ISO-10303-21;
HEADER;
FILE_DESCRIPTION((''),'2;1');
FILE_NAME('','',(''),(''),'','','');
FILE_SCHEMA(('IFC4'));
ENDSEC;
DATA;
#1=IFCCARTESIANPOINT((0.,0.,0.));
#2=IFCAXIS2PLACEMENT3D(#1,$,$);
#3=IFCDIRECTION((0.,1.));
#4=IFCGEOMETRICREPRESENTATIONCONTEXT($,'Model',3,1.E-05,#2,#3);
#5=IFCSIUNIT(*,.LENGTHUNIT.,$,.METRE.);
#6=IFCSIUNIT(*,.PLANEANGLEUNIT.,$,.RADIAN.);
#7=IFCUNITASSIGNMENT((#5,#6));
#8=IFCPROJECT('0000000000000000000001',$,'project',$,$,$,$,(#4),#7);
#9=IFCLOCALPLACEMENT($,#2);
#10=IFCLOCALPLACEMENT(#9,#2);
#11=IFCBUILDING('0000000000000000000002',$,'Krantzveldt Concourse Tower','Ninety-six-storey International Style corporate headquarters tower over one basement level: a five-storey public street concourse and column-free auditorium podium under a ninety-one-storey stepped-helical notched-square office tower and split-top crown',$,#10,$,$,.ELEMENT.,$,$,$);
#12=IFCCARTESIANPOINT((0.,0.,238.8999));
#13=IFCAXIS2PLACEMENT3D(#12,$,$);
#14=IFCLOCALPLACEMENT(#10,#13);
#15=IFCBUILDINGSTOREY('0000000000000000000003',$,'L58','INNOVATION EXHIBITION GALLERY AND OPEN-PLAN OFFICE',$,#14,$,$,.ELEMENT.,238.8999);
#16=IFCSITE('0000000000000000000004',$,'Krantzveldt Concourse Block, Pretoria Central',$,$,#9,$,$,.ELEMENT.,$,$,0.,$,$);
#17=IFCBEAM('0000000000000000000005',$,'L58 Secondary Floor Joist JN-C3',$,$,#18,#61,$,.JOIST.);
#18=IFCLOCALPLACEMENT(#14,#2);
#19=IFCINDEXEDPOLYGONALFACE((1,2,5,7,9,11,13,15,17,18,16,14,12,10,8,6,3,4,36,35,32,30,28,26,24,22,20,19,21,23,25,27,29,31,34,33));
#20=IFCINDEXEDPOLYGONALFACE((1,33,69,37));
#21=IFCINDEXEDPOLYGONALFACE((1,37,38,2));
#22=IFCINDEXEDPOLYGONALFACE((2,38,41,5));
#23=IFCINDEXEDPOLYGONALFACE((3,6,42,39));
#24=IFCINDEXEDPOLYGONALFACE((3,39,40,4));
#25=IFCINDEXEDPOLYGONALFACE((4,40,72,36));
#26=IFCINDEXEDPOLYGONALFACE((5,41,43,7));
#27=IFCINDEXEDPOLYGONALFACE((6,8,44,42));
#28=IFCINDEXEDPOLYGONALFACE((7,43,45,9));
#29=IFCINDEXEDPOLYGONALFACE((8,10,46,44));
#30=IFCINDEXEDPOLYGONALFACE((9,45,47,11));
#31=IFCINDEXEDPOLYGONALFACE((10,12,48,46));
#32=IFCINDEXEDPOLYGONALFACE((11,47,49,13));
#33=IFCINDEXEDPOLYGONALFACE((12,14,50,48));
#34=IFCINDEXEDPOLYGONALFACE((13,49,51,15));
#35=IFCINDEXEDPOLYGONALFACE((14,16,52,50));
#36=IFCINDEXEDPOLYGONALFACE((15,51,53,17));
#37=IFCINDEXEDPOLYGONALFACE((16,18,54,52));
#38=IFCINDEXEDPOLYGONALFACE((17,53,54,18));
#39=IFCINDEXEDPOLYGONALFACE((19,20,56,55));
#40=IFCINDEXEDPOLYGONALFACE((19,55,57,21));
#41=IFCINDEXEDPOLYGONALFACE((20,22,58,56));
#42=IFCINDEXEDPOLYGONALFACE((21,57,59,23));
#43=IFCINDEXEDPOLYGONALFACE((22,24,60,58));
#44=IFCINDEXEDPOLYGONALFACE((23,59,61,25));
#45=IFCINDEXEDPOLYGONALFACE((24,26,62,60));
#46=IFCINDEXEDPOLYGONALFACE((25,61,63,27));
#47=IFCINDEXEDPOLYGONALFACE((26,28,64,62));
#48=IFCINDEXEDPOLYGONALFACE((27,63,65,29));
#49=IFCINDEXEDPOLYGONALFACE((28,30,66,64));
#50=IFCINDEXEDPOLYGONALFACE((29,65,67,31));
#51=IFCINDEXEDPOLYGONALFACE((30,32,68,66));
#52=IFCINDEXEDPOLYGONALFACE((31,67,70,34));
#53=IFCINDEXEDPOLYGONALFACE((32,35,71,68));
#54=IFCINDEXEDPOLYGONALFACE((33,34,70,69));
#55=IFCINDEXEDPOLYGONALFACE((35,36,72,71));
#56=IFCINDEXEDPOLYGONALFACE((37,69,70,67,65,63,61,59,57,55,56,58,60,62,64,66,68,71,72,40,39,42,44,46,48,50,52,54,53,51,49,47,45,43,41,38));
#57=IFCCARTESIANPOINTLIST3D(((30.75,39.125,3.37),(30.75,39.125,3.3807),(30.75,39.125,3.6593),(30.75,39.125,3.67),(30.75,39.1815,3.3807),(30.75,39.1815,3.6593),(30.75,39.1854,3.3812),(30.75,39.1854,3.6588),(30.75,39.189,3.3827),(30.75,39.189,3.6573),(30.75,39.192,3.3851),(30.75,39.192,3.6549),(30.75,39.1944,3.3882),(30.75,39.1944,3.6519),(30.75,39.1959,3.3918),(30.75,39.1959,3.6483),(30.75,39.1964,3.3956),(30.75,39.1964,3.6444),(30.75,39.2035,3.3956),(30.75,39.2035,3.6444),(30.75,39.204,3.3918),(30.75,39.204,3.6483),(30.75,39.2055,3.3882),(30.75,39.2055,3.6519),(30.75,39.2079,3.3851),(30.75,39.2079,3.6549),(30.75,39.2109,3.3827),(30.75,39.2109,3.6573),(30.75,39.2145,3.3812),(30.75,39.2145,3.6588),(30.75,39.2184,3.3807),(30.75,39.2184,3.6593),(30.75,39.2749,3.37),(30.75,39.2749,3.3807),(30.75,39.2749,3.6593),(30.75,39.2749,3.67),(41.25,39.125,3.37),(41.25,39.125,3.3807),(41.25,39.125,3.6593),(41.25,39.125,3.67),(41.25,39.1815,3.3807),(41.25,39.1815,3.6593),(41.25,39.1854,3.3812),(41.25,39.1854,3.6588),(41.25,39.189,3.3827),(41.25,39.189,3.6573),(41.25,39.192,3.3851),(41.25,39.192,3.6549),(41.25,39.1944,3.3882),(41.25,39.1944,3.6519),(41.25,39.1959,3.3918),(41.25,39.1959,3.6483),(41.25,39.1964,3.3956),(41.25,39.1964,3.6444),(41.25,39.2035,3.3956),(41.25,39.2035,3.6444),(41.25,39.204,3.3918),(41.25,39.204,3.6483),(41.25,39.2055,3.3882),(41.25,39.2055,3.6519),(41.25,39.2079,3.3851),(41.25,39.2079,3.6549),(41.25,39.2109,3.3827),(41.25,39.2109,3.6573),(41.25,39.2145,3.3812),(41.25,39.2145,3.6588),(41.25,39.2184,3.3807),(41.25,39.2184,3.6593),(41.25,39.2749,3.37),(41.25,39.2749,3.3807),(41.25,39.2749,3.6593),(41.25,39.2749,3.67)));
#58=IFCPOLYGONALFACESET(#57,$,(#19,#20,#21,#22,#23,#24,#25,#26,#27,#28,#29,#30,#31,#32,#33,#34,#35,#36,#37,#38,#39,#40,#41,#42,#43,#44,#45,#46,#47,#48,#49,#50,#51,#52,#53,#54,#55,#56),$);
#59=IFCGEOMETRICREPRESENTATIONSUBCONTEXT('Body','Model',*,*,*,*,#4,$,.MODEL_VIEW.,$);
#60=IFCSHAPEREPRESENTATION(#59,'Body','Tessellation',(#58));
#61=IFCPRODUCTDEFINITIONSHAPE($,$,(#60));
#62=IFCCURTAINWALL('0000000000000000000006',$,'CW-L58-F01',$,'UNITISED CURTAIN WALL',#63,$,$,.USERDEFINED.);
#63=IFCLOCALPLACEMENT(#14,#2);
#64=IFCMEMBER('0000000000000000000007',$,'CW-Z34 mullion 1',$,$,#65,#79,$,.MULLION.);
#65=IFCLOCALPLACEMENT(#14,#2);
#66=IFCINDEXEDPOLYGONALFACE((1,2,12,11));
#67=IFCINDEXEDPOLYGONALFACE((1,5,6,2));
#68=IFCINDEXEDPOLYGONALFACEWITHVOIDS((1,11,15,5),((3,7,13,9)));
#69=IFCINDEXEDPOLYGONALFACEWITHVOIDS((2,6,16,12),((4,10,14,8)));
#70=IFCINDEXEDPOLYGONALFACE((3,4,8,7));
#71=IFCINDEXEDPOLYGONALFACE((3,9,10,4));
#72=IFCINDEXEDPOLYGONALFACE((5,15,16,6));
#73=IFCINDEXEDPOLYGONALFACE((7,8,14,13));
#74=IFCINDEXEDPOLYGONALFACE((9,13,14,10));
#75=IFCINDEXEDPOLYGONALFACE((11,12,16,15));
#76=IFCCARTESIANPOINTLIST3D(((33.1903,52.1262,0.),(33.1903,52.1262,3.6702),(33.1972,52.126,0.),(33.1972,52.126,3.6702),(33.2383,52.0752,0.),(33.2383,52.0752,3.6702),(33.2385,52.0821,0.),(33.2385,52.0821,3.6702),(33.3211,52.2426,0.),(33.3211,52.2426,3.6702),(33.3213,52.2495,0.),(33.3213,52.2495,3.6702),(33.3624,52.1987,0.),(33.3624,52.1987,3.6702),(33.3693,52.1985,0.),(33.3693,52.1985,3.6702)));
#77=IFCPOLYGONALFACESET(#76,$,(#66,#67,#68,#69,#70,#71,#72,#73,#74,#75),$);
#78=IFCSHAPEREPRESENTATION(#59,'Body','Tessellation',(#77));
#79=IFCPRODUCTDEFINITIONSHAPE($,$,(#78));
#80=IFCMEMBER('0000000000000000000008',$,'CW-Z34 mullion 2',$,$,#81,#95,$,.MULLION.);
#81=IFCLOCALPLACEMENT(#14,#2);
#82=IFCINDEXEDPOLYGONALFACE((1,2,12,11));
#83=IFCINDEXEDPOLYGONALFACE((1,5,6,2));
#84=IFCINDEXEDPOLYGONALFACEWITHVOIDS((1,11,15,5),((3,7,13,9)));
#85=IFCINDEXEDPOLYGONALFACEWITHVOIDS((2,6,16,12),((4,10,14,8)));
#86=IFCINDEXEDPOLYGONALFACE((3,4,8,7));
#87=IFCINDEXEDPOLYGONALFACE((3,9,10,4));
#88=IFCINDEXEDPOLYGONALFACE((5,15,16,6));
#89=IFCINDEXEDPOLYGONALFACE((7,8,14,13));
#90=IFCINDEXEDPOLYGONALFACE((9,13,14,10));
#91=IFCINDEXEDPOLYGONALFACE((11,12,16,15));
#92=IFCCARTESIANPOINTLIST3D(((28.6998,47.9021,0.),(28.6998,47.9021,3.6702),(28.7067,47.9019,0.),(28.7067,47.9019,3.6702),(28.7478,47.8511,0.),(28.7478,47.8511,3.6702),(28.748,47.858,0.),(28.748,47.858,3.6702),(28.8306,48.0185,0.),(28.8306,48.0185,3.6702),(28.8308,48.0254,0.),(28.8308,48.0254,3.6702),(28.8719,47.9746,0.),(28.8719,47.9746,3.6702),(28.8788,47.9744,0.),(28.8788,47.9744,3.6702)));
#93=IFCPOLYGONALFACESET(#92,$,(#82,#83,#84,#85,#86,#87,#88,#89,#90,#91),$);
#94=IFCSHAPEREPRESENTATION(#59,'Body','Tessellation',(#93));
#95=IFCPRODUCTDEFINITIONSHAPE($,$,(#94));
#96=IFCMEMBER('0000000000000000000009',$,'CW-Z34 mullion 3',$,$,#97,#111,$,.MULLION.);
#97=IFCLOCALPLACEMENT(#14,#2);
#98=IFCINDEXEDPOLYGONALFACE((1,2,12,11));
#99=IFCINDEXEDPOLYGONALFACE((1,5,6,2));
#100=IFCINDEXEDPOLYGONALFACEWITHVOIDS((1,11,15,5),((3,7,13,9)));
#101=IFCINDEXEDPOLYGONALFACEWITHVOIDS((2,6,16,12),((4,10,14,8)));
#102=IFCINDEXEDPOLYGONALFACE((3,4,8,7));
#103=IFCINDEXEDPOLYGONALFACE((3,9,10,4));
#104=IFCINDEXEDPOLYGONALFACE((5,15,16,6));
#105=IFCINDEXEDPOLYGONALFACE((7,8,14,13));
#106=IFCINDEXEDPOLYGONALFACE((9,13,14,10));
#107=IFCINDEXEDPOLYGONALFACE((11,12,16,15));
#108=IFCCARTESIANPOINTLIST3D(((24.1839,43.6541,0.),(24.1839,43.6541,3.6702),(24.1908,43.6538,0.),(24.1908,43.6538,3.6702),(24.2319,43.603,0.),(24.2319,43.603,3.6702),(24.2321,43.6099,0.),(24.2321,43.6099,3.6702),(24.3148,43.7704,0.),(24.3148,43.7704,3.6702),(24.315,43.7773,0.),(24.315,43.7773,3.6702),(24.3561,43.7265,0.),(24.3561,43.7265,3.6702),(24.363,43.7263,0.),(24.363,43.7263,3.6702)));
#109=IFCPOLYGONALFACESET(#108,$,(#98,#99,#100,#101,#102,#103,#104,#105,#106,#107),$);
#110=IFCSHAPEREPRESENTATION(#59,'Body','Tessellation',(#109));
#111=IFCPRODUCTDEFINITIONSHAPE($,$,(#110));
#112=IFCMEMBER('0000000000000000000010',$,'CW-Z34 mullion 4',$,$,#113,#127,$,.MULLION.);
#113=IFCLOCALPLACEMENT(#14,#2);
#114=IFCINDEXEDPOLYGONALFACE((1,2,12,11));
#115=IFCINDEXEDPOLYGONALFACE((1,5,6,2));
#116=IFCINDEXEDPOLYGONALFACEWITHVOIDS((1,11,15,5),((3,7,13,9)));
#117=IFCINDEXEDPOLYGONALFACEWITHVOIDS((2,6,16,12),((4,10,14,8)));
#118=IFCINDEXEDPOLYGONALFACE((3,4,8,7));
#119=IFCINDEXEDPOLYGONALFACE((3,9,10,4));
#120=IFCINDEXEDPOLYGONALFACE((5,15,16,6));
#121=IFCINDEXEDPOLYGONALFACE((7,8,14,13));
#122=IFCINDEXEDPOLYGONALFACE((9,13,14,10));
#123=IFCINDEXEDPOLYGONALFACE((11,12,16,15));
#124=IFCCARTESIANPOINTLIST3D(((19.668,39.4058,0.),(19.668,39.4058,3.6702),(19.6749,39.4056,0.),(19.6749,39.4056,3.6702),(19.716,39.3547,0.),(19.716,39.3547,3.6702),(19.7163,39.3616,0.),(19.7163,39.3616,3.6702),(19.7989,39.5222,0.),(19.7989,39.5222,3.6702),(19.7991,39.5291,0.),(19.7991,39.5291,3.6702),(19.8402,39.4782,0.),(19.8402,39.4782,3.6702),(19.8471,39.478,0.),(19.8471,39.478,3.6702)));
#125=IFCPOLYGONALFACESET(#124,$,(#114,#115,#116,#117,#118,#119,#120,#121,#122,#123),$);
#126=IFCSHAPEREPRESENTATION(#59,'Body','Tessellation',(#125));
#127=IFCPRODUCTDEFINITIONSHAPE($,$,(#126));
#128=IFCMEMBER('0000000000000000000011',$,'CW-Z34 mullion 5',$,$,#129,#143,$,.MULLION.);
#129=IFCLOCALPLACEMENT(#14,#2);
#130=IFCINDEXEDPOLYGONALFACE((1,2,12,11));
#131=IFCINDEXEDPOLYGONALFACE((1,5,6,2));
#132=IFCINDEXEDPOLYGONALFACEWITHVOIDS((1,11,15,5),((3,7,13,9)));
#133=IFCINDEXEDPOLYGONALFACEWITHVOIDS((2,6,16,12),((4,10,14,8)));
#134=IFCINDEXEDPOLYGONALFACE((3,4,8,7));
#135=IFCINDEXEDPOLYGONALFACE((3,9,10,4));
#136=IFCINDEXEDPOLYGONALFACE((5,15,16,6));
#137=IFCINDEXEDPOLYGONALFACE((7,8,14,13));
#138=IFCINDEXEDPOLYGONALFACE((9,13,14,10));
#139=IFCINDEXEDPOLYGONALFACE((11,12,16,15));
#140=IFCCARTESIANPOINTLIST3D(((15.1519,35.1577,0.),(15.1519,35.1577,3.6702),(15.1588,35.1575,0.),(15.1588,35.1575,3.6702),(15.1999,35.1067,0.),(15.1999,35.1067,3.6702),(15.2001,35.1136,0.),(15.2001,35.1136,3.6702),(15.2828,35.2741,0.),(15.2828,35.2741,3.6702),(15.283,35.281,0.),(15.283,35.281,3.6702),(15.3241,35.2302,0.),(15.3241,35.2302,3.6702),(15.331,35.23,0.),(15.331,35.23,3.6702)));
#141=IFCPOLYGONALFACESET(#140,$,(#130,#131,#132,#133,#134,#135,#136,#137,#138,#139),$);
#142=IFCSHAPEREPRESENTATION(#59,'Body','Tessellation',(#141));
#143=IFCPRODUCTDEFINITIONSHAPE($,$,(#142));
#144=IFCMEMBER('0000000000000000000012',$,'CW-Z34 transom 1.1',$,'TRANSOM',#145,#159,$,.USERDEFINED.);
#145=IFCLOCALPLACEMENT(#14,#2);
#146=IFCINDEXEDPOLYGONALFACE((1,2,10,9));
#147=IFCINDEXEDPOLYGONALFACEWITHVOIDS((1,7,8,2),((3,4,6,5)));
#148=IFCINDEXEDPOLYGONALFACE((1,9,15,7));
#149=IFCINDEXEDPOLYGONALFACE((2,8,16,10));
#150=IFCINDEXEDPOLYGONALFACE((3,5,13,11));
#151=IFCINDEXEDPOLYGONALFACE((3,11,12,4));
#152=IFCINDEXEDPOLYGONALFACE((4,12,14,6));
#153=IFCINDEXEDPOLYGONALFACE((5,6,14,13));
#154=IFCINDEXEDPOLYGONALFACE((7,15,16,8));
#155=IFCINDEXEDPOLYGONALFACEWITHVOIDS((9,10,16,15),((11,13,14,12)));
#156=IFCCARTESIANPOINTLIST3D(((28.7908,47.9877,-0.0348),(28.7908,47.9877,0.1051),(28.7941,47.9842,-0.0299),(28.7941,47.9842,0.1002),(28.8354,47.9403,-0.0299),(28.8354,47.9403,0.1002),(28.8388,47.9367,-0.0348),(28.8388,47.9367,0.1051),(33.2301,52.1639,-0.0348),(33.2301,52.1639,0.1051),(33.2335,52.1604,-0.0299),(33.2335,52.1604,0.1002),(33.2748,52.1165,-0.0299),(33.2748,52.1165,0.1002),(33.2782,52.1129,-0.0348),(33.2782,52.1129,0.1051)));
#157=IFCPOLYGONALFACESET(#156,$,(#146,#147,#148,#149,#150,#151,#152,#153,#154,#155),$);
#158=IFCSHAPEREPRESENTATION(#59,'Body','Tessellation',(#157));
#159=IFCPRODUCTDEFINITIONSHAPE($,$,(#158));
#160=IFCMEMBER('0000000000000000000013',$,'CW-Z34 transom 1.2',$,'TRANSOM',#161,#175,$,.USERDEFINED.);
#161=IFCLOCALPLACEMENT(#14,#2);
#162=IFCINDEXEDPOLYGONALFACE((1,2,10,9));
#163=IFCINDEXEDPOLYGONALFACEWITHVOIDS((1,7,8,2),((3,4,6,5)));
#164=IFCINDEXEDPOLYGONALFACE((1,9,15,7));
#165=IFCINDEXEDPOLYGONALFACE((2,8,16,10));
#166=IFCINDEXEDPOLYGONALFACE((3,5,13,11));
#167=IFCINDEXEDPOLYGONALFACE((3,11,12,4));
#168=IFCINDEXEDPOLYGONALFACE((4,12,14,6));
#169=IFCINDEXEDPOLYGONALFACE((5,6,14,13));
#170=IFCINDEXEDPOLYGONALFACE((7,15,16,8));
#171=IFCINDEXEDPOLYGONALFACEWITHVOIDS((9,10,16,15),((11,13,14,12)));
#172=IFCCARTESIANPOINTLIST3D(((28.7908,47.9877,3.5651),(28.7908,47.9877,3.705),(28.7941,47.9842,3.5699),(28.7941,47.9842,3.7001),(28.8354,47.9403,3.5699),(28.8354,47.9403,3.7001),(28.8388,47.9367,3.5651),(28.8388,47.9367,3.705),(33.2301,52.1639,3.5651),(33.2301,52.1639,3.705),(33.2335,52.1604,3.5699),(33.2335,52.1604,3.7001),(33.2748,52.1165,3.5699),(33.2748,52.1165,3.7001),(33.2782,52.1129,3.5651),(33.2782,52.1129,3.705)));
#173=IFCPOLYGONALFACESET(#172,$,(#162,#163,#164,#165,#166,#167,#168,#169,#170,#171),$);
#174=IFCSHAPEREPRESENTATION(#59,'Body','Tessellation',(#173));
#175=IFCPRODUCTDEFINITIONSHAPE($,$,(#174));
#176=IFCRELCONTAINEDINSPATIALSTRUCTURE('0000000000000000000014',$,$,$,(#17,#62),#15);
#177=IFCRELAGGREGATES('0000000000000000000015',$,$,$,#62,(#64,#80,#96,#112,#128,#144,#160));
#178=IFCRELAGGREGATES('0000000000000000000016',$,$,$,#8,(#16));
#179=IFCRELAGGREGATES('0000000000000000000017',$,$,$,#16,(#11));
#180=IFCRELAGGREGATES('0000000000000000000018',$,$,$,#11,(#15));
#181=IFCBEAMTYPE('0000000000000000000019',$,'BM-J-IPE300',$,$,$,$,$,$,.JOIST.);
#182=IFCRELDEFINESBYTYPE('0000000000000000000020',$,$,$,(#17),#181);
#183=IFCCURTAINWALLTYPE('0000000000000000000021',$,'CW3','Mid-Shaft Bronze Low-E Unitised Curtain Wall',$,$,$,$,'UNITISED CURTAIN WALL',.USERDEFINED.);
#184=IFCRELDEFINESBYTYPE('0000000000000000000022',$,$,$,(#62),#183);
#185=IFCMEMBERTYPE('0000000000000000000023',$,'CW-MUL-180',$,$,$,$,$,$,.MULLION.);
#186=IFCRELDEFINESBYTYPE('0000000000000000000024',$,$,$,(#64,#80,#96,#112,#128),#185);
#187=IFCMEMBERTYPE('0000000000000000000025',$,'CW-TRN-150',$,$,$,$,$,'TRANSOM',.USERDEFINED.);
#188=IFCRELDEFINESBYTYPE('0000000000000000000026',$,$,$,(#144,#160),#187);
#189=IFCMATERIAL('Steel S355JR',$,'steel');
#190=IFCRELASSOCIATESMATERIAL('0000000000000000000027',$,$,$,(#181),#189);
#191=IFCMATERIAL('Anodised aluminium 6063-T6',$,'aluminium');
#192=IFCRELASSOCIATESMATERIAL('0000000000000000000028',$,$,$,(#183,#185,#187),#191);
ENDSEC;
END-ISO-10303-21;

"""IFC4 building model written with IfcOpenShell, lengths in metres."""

from ifc_helpers import new_model, si_unit, direction, frame, origin, origin_2d, place, context, subcontext, project, spatial, hollow_rectangle, i_section, extrude, source, transform, mapped, material, material_profile, profile_set, type_object, type_shapes, element, aggregate, save


model = new_model("IFC4")

# Units and contexts
model_context = context("Model", 3, precision=1e-05, world=origin(), true_north=direction((0.0, 1.0)))
body_context = subcontext(model_context, "Body", "Model", "MODEL_VIEW")
ifc_project = project(units=[si_unit("LENGTHUNIT", "METRE"), si_unit("PLANEANGLEUNIT", "RADIAN")], contexts=[model_context])

# Site, building, storey
site_placement = place(None, origin())
site = spatial("IfcSite", under=ifc_project, at=site_placement, Name="Krantzveldt Concourse Block, Pretoria Central", CompositionType="ELEMENT", RefElevation=0.0)
building_placement = place(site_placement, origin())
building = spatial("IfcBuilding", under=site, at=building_placement, Name="Krantzveldt Concourse Tower", Description="Ninety-six-storey International Style corporate headquarters tower over one basement level: a five-storey public street concourse and column-free auditorium podium under a ninety-one-storey stepped-helical notched-square office tower and split-top crown", CompositionType="ELEMENT")
storey_placement = place(building_placement, frame((0.0, 0.0, 238.8999)))
storey = spatial("IfcBuildingStorey", under=building, at=storey_placement, Name="L58", Description="INNOVATION EXHIBITION GALLERY AND OPEN-PLAN OFFICE", CompositionType="ELEMENT", Elevation=238.8999)

# Beam
ifc_material_1 = material(Name="Steel S355JR", Category="steel")
ifc_material_profile_1 = material_profile(ifc_material_1, i_section(OverallWidth=0.1499, OverallDepth=0.3, WebThickness=0.0071, FlangeThickness=0.0107, FilletRadius=0.0149, at=origin_2d()), Name="Steel S355JR", Category="steel")
ifc_profile_set_1 = profile_set([ifc_material_profile_1], Name="Steel S355JR - IPE 300")
beam_type_1 = type_object("IfcBeamType", Name="BM-J-IPE300", PredefinedType="JOIST", material=ifc_profile_set_1)
shared_shape_1 = source(origin(), body_context, "Body", "SweptSolid", [
    extrude(i_section(OverallWidth=0.1499, OverallDepth=0.3, WebThickness=0.0071, FlangeThickness=0.0107, FilletRadius=0.0149, at=origin_2d()), origin(), (0.0, 0.0, 1.0), 10.5),
])
type_shapes(beam_type_1, [shared_shape_1])
beam_1_placement = place(storey_placement, frame((30.75, 39.2, 3.52), z_axis=(1.0, 0.0, 0.0), x_axis=(0.0, 1.0, 0.0)))
element("IfcBeam", 1, at=beam_1_placement, inside=storey, type_object=beam_type_1, Name="L58 Secondary Floor Joist JN-C3", PredefinedType="JOIST", context=body_context, shape_type="MappedRepresentation", body=[
    mapped(shared_shape_1, transform((0.0, 0.0, 0.0), x_axis=(1.0, 0.0, 0.0), y_axis=(0.0, 1.0, 0.0), z_axis=(0.0, 0.0, 1.0), scale=1.0)),
])

# Curtain wall, members
ifc_material_2 = material(Name="Anodised aluminium 6063-T6", Category="aluminium")
curtain_wall_type = type_object("IfcCurtainWallType", Name="CW3", Description="Mid-Shaft Bronze Low-E Unitised Curtain Wall", ElementType="UNITISED CURTAIN WALL", PredefinedType="USERDEFINED", material=ifc_material_2)
curtain_wall_placement = place(storey_placement, origin())
curtain_wall = element("IfcCurtainWall", 2, at=curtain_wall_placement, inside=storey, type_object=curtain_wall_type, Name="CW-L58-F01", ObjectType="UNITISED CURTAIN WALL", PredefinedType="USERDEFINED")
ifc_material_profile_2 = material_profile(ifc_material_2, hollow_rectangle(XDim=0.0701, YDim=0.1799, WallThickness=0.0049, at=origin_2d()), Name="Anodised aluminium 6063-T6", Category="aluminium")
ifc_profile_set_2 = profile_set([ifc_material_profile_2], Name="Anodised aluminium 6063-T6 - ALU-MULL 180x70x5")
member_type_1 = type_object("IfcMemberType", Name="CW-MUL-180", PredefinedType="MULLION", material=ifc_profile_set_2)
shared_shape_2 = source(origin(), body_context, "Body", "SweptSolid", [
    extrude(hollow_rectangle(XDim=0.0701, YDim=0.1799, WallThickness=0.0049, at=origin_2d()), origin(), (0.0, 0.0, 1.0), 3.6702),
])
type_shapes(member_type_1, [shared_shape_2])
member_1_placement = place(storey_placement, frame((33.2798, 52.1624, 0.0), z_axis=(0.0, 0.0, 1.0), x_axis=(0.685183, -0.728371, 0.0)))
member_1 = element("IfcMember", 3, at=member_1_placement, type_object=member_type_1, Name="CW-Z34 mullion 1", PredefinedType="MULLION", context=body_context, shape_type="MappedRepresentation", body=[
    mapped(shared_shape_2, transform((0.0, 0.0, 0.0), x_axis=(1.0, 0.0, 0.0), y_axis=(0.0, 1.0, 0.0), z_axis=(0.0, 0.0, 1.0), scale=1.0)),
])
member_2_placement = place(storey_placement, frame((28.7893, 47.9382, 0.0), z_axis=(0.0, 0.0, 1.0), x_axis=(0.685183, -0.728371, 0.0)))
member_2 = element("IfcMember", 4, at=member_2_placement, type_object=member_type_1, Name="CW-Z34 mullion 2", PredefinedType="MULLION", context=body_context, shape_type="MappedRepresentation", body=[
    mapped(shared_shape_2, transform((0.0, 0.0, 0.0), x_axis=(1.0, 0.0, 0.0), y_axis=(0.0, 1.0, 0.0), z_axis=(0.0, 0.0, 1.0), scale=1.0)),
])
member_3_placement = place(storey_placement, frame((24.2734, 43.6902, 0.0), z_axis=(0.0, 0.0, 1.0), x_axis=(0.685183, -0.728371, 0.0)))
member_3 = element("IfcMember", 5, at=member_3_placement, type_object=member_type_1, Name="CW-Z34 mullion 3", PredefinedType="MULLION", context=body_context, shape_type="MappedRepresentation", body=[
    mapped(shared_shape_2, transform((0.0, 0.0, 0.0), x_axis=(1.0, 0.0, 0.0), y_axis=(0.0, 1.0, 0.0), z_axis=(0.0, 0.0, 1.0), scale=1.0)),
])
member_4_placement = place(storey_placement, frame((19.7576, 39.4419, 0.0), z_axis=(0.0, 0.0, 1.0), x_axis=(0.685183, -0.728371, 0.0)))
member_4 = element("IfcMember", 6, at=member_4_placement, type_object=member_type_1, Name="CW-Z34 mullion 4", PredefinedType="MULLION", context=body_context, shape_type="MappedRepresentation", body=[
    mapped(shared_shape_2, transform((0.0, 0.0, 0.0), x_axis=(1.0, 0.0, 0.0), y_axis=(0.0, 1.0, 0.0), z_axis=(0.0, 0.0, 1.0), scale=1.0)),
])
member_5_placement = place(storey_placement, frame((15.2415, 35.1938, 0.0), z_axis=(0.0, 0.0, 1.0), x_axis=(0.685183, -0.728371, 0.0)))
member_5 = element("IfcMember", 7, at=member_5_placement, type_object=member_type_1, Name="CW-Z34 mullion 5", PredefinedType="MULLION", context=body_context, shape_type="MappedRepresentation", body=[
    mapped(shared_shape_2, transform((0.0, 0.0, 0.0), x_axis=(1.0, 0.0, 0.0), y_axis=(0.0, 1.0, 0.0), z_axis=(0.0, 0.0, 1.0), scale=1.0)),
])
ifc_material_profile_3 = material_profile(ifc_material_2, hollow_rectangle(XDim=0.0701, YDim=0.1399, WallThickness=0.0049, at=origin_2d()), Name="Anodised aluminium 6063-T6", Category="aluminium")
ifc_profile_set_3 = profile_set([ifc_material_profile_3], Name="Anodised aluminium 6063-T6 - ALU-TRAN 140x70x5")
member_type_2 = type_object("IfcMemberType", Name="CW-TRN-150", ElementType="TRANSOM", PredefinedType="USERDEFINED", material=ifc_profile_set_3)
shared_shape_3 = source(origin(), body_context, "Body", "SweptSolid", [
    extrude(hollow_rectangle(XDim=0.0701, YDim=0.1399, WallThickness=0.0049, at=origin_2d()), origin(), (0.0, 0.0, 1.0), 6.095),
])
member_6_placement = place(storey_placement, frame((33.2542, 52.1384, 0.0352), z_axis=(-0.728367, -0.685187, 0.0), x_axis=(0.685187, -0.728367, 0.0)))
member_6 = element("IfcMember", 8, at=member_6_placement, type_object=member_type_2, Name="CW-Z34 transom 1.1", ObjectType="TRANSOM", PredefinedType="USERDEFINED", context=body_context, shape_type="MappedRepresentation", body=[
    mapped(shared_shape_3, transform((0.0, 0.0, 0.0), x_axis=(1.0, 0.0, 0.0), y_axis=(0.0, 1.0, 0.0), z_axis=(0.0, 0.0, 1.0), scale=1.0)),
])
member_7_placement = place(storey_placement, frame((33.2542, 52.1384, 3.635), z_axis=(-0.728367, -0.685187, 0.0), x_axis=(0.685187, -0.728367, 0.0)))
member_7 = element("IfcMember", 9, at=member_7_placement, type_object=member_type_2, Name="CW-Z34 transom 1.2", ObjectType="TRANSOM", PredefinedType="USERDEFINED", context=body_context, shape_type="MappedRepresentation", body=[
    mapped(shared_shape_3, transform((0.0, 0.0, 0.0), x_axis=(1.0, 0.0, 0.0), y_axis=(0.0, 1.0, 0.0), z_axis=(0.0, 0.0, 1.0), scale=1.0)),
])
aggregate(curtain_wall, [member_1, member_2, member_3, member_4, member_5, member_6, member_7])

save(model, "model.ifc")
